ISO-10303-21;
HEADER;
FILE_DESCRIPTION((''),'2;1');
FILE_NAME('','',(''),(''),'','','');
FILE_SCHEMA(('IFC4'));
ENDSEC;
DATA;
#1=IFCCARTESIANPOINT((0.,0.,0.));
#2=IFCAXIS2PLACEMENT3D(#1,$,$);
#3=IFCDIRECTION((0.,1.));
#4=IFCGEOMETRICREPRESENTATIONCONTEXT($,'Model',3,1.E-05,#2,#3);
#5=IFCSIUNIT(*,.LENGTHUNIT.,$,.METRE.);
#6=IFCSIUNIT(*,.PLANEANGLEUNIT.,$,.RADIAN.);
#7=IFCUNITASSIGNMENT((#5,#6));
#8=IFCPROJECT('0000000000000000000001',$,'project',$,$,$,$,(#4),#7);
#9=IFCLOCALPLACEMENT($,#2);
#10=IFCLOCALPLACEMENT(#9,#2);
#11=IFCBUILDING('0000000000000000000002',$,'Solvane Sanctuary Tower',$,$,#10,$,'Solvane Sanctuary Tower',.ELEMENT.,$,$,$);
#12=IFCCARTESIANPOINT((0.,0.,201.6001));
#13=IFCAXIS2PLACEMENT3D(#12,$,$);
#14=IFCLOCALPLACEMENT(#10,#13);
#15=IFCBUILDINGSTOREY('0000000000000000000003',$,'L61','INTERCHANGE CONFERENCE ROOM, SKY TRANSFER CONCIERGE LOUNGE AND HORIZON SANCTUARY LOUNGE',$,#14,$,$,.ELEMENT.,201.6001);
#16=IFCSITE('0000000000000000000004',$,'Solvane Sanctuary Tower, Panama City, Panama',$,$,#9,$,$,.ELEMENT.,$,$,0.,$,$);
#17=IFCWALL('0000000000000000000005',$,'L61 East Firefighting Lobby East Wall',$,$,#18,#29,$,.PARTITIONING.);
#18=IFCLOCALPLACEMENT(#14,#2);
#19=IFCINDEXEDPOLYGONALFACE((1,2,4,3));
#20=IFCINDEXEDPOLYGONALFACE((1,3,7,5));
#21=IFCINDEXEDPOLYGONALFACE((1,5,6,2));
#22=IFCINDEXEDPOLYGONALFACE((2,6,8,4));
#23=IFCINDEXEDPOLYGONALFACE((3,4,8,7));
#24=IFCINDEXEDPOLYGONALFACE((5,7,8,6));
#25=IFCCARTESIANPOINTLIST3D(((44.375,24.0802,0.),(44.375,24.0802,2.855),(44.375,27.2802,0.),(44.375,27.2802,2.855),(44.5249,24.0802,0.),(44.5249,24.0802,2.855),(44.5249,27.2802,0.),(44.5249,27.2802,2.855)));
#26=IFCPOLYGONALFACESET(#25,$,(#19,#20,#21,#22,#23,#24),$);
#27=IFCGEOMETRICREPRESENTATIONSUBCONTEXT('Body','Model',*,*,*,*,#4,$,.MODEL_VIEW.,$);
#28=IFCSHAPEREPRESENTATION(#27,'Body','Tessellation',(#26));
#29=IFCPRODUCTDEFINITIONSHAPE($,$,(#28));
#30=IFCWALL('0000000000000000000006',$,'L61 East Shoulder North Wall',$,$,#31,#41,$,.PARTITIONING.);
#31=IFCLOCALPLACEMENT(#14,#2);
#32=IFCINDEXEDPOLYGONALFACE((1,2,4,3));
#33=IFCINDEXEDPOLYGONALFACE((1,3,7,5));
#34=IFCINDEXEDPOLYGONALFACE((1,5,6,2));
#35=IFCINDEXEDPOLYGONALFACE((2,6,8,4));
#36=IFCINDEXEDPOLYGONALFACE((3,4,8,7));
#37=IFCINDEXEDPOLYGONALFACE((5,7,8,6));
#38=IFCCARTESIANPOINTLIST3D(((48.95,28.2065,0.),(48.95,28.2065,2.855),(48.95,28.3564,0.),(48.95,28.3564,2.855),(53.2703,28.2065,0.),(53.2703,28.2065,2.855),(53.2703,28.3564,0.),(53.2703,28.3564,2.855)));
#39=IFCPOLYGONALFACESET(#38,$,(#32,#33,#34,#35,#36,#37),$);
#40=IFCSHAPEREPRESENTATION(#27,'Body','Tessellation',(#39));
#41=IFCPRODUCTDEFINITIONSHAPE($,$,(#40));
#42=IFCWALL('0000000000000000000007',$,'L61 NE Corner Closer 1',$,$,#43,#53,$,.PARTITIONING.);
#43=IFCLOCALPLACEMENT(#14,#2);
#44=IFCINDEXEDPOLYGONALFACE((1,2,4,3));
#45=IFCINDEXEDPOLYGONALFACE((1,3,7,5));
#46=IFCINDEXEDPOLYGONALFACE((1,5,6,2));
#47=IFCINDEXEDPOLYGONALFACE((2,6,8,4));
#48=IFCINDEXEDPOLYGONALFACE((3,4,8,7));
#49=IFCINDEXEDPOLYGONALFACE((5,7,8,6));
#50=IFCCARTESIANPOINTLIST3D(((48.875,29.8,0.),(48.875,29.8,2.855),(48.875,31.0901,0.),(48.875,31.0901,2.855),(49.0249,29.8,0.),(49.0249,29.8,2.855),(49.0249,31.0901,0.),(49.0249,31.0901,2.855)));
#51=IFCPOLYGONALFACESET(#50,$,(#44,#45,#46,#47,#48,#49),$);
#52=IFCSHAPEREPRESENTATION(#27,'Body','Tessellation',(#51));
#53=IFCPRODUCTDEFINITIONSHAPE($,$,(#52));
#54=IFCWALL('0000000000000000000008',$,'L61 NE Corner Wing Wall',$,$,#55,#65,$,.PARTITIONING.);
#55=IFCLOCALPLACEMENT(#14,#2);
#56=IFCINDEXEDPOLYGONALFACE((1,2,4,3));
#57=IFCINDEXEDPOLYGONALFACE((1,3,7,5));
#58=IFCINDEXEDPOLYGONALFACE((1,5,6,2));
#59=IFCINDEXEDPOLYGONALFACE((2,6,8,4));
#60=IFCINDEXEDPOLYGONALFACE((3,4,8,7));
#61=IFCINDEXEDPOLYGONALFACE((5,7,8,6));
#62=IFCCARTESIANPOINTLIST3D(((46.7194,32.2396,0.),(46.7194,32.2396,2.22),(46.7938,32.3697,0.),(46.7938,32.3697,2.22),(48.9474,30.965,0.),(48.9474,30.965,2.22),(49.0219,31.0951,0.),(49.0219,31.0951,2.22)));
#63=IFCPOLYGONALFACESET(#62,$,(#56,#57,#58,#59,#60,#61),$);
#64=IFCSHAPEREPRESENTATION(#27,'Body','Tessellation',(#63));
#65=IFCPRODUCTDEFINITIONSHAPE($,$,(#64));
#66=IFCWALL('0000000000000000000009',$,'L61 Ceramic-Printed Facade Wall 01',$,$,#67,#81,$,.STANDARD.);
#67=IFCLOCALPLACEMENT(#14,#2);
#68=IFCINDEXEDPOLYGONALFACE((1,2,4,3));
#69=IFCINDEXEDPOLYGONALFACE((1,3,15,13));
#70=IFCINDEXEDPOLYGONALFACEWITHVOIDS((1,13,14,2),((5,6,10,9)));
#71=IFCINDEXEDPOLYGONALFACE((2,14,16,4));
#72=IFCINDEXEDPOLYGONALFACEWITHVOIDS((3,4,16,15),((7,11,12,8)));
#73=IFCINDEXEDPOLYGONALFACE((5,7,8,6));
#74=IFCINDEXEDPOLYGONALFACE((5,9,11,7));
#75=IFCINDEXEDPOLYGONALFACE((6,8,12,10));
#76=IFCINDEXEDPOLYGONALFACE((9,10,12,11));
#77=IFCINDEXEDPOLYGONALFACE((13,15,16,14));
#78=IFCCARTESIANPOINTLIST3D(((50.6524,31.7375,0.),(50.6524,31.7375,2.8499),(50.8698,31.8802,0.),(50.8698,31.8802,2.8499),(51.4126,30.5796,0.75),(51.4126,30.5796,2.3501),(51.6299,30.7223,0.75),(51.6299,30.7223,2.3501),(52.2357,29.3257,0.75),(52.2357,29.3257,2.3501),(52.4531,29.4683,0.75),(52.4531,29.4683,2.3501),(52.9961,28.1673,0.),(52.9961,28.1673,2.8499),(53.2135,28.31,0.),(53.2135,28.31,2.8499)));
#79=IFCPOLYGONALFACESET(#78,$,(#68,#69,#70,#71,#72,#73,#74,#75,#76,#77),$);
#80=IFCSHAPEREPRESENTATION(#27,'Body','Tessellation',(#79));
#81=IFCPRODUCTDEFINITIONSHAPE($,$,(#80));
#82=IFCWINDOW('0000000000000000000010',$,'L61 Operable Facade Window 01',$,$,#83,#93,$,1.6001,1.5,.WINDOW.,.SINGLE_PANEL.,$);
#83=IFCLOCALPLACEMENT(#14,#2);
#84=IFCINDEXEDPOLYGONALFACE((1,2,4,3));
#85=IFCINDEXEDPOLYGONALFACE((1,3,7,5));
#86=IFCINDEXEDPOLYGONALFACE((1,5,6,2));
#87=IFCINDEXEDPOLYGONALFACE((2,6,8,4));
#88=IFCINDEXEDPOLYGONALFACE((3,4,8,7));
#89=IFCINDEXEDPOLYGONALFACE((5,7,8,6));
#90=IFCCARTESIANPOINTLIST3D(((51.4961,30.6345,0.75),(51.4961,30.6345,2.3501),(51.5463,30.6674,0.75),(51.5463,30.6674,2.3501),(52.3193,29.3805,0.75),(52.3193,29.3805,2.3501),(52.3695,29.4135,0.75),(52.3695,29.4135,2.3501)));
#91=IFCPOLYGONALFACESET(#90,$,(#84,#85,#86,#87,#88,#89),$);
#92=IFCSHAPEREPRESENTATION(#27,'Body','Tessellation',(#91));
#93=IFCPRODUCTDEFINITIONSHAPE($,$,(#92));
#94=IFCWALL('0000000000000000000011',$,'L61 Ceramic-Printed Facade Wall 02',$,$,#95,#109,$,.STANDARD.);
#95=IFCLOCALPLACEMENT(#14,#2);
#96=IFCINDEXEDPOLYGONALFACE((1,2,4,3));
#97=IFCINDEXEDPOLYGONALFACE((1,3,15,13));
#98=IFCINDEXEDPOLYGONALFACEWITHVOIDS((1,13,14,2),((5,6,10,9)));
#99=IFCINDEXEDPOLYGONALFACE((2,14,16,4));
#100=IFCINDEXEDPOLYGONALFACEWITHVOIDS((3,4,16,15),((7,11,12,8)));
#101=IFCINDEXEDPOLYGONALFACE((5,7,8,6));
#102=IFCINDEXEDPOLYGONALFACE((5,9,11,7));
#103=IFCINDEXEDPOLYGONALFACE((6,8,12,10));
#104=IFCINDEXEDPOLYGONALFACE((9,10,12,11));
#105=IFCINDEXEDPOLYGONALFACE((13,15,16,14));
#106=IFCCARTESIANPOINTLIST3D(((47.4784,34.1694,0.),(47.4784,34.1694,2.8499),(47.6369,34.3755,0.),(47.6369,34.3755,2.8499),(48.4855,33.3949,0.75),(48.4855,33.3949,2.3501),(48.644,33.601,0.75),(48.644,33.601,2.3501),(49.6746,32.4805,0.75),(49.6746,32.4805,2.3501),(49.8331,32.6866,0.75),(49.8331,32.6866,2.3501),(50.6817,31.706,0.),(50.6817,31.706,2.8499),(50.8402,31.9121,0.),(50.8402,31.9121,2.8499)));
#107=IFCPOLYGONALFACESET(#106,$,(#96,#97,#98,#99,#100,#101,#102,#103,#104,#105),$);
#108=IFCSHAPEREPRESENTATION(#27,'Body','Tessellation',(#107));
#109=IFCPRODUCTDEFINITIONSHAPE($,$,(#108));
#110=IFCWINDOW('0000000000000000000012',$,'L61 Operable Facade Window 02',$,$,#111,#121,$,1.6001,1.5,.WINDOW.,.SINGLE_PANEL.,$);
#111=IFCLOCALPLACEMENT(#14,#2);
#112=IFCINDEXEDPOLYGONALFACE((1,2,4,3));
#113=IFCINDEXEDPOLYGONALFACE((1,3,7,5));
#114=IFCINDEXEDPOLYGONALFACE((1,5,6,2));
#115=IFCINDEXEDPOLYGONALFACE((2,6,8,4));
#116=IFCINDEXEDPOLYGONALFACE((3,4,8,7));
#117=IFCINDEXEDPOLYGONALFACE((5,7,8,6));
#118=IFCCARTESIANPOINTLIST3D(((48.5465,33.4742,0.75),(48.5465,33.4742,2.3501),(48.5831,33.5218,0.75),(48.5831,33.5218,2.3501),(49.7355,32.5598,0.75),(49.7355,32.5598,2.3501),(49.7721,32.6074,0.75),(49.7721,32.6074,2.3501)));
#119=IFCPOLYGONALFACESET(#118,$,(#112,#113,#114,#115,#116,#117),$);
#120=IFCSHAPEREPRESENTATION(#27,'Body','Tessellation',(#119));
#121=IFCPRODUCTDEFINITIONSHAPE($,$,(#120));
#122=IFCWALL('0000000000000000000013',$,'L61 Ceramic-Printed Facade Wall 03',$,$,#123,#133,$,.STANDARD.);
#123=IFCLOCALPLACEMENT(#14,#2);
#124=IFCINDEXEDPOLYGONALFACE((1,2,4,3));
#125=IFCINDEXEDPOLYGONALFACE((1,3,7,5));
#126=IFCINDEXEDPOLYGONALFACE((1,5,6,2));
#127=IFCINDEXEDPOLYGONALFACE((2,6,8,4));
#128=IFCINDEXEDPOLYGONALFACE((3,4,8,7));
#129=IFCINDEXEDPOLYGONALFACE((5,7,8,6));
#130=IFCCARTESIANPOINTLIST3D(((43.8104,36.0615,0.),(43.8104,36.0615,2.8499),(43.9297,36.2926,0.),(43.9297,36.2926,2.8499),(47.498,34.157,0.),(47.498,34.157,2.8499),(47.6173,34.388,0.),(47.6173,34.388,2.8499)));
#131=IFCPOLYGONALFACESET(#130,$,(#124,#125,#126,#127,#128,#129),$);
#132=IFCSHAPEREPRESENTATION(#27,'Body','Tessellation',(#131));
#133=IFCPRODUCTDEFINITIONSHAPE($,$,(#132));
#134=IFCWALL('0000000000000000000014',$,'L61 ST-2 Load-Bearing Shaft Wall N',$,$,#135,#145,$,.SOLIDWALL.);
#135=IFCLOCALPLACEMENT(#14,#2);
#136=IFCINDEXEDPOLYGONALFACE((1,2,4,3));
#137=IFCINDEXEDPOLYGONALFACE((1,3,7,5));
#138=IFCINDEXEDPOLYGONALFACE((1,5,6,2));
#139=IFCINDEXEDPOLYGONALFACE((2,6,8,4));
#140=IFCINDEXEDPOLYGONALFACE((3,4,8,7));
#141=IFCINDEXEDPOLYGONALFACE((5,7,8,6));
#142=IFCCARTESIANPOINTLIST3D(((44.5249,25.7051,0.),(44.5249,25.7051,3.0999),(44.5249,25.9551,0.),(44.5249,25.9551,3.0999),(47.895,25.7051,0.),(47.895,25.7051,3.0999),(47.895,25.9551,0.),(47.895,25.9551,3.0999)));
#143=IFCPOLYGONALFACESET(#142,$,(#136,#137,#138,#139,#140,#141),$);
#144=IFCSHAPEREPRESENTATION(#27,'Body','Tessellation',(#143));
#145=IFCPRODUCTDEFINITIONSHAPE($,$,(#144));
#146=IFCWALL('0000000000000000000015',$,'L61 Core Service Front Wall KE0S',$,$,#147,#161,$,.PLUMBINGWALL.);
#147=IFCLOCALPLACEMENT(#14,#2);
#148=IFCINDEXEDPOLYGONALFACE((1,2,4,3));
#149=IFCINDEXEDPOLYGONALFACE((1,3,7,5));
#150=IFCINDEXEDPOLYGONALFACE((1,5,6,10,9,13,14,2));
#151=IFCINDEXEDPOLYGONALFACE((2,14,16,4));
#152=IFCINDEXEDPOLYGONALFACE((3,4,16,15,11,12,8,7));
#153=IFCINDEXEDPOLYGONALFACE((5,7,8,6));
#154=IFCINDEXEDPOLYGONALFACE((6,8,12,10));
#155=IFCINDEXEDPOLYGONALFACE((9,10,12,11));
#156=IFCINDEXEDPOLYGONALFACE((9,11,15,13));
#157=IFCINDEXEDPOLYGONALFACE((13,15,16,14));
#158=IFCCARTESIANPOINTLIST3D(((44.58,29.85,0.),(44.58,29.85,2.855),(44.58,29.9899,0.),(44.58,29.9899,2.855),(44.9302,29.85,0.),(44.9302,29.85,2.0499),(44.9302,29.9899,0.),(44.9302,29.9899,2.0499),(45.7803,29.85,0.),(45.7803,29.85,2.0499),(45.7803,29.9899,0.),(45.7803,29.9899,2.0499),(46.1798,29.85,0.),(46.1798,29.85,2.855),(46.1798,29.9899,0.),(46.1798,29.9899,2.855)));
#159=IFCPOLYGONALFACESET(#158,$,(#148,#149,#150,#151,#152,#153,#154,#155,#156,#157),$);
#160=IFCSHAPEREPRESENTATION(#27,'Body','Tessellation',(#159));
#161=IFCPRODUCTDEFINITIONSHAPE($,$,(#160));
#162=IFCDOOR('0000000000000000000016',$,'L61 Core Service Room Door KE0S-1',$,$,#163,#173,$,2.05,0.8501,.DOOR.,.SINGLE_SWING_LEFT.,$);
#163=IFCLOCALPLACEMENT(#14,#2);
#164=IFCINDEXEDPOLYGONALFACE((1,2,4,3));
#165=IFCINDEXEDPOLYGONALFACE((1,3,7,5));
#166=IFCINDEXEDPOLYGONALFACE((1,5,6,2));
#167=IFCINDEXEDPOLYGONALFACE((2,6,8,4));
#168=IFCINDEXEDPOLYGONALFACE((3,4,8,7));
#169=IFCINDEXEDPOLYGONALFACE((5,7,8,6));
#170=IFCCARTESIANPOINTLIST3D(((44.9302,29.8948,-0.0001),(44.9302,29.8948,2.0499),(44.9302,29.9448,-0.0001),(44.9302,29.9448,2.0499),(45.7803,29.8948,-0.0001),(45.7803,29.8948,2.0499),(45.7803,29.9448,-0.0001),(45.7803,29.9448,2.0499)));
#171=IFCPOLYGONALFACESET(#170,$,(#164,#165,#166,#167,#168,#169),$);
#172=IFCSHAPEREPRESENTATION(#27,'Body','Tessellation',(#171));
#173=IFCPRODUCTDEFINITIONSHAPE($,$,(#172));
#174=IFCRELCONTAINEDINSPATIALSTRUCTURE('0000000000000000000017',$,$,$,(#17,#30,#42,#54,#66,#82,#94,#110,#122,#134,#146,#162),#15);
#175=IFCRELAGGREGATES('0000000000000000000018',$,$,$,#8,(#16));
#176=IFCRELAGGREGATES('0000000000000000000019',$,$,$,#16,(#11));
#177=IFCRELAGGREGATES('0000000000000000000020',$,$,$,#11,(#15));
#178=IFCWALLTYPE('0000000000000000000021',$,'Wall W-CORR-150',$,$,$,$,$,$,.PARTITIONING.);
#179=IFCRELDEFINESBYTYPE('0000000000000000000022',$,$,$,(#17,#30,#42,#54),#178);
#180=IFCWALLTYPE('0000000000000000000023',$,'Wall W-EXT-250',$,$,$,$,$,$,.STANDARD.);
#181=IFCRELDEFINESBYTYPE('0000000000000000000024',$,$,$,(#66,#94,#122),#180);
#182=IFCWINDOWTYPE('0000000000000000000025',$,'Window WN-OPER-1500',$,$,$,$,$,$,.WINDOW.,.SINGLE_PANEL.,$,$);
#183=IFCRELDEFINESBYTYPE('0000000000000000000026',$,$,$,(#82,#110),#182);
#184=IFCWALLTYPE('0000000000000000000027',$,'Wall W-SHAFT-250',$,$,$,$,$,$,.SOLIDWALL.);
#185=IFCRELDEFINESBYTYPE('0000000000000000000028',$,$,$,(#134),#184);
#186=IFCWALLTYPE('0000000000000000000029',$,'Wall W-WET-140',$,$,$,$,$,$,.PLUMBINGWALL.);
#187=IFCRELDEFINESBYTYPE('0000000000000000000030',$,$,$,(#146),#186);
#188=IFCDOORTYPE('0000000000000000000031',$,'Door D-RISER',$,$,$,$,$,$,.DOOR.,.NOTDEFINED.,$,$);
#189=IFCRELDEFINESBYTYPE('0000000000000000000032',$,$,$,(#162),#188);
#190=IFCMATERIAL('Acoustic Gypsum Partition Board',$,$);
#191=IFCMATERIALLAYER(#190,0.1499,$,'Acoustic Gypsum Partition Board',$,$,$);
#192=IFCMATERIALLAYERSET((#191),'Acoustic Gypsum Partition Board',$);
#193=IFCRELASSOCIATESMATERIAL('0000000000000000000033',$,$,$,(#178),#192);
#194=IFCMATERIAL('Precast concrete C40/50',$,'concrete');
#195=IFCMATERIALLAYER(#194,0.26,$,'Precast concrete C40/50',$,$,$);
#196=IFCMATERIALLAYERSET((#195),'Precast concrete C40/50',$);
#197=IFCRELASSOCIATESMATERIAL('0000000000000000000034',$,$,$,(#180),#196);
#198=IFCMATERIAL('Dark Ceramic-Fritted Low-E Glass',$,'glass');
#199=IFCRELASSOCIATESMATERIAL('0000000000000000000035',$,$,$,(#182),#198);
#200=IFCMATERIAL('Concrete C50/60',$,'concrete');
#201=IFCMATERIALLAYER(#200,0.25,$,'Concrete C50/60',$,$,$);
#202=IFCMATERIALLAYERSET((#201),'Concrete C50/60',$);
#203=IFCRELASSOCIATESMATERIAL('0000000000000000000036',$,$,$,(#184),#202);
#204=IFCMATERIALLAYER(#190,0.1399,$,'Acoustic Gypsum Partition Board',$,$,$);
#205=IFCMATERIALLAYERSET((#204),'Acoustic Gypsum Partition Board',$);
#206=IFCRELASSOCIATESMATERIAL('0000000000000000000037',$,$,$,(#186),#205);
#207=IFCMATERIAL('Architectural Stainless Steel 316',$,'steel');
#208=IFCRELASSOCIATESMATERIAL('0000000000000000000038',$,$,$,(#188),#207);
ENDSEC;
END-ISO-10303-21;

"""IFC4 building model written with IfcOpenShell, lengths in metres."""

from ifc_helpers import new_model, si_unit, direction, frame, frame_2d, origin, place, context, subcontext, project, spatial, rectangle, extrude, material, layer, layer_set, type_object, element, fill, save


model = new_model("IFC4")

# Units and contexts
model_context = context("Model", 3, precision=1e-05, world=origin(), true_north=direction((0.0, 1.0)))
body_context = subcontext(model_context, "Body", "Model", "MODEL_VIEW")
ifc_project = project(units=[si_unit("LENGTHUNIT", "METRE"), si_unit("PLANEANGLEUNIT", "RADIAN")], contexts=[model_context])

# Site, building, storey
site_placement = place(None, origin())
site = spatial("IfcSite", under=ifc_project, at=site_placement, Name="Solvane Sanctuary Tower, Panama City, Panama", CompositionType="ELEMENT", RefElevation=0.0)
building_placement = place(site_placement, origin())
building = spatial("IfcBuilding", under=site, at=building_placement, Name="Solvane Sanctuary Tower", LongName="Solvane Sanctuary Tower", CompositionType="ELEMENT")
storey_placement = place(building_placement, frame((0.0, 0.0, 201.6001)))
storey = spatial("IfcBuildingStorey", under=building, at=storey_placement, Name="L61", Description="INTERCHANGE CONFERENCE ROOM, SKY TRANSFER CONCIERGE LOUNGE AND HORIZON SANCTUARY LOUNGE", CompositionType="ELEMENT", Elevation=201.6001)

# Shared definitions
ifc_material_1 = material(Name="Concrete C50/60", Category="concrete")

# Walls
ifc_material_2 = material(Name="Acoustic Gypsum Partition Board")
ifc_layer_1 = layer(ifc_material_2, 0.1499, Name="Acoustic Gypsum Partition Board")
ifc_layer_set_1 = layer_set([ifc_layer_1], Name="Acoustic Gypsum Partition Board")
wall_type_1 = type_object("IfcWallType", Name="Wall W-CORR-150", PredefinedType="PARTITIONING", material=ifc_layer_set_1)
wall_1_placement = place(storey_placement, frame((44.45, 24.0801, 0.0), z_axis=(0.0, 0.0, 1.0), x_axis=(0.0, 1.0, 0.0)))
element("IfcWall", 1, at=wall_1_placement, inside=storey, type_object=wall_type_1, Name="L61 East Firefighting Lobby East Wall", PredefinedType="PARTITIONING", context=body_context, shape_type="SweptSolid", body=[
    extrude(rectangle(XDim=3.2, YDim=0.1499, at=frame_2d((1.6001, 0.0))), origin(), (0.0, 0.0, 1.0), 2.855),
])
wall_2_placement = place(storey_placement, frame((48.95, 28.2815, 0.0), z_axis=(0.0, 0.0, 1.0), x_axis=(1.0, 0.0, 0.0)))
element("IfcWall", 2, at=wall_2_placement, inside=storey, type_object=wall_type_1, Name="L61 East Shoulder North Wall", PredefinedType="PARTITIONING", context=body_context, shape_type="SweptSolid", body=[
    extrude(rectangle(XDim=4.3203, YDim=0.1499, at=frame_2d((2.1602, 0.0))), origin(), (0.0, 0.0, 1.0), 2.855),
])
wall_3_placement = place(storey_placement, frame((48.95, 29.8, 0.0), z_axis=(0.0, 0.0, 1.0), x_axis=(0.0, 1.0, 0.0)))
element("IfcWall", 3, at=wall_3_placement, inside=storey, type_object=wall_type_1, Name="L61 NE Corner Closer 1", PredefinedType="PARTITIONING", context=body_context, shape_type="SweptSolid", body=[
    extrude(rectangle(XDim=1.29, YDim=0.1499, at=frame_2d((0.645, 0.0))), origin(), (0.0, 0.0, 1.0), 2.855),
])
wall_4_placement = place(storey_placement, frame((46.7566, 32.3047, 0.0), z_axis=(0.0, 0.0, 1.0), x_axis=(0.867991, -0.496579, 0.0)))
element("IfcWall", 4, at=wall_4_placement, inside=storey, type_object=wall_type_1, Name="L61 NE Corner Wing Wall", PredefinedType="PARTITIONING", context=body_context, shape_type="SweptSolid", body=[
    extrude(rectangle(XDim=2.5669, YDim=0.1499, at=frame_2d((1.2834, 0.0))), origin(), (0.0, 0.0, 1.0), 2.22),
])

# Walls, openings, windows
ifc_material_3 = material(Name="Precast concrete C40/50", Category="concrete")
ifc_layer_2 = layer(ifc_material_3, 0.26, Name="Precast concrete C40/50")
ifc_layer_set_2 = layer_set([ifc_layer_2], Name="Precast concrete C40/50")
wall_type_2 = type_object("IfcWallType", Name="Wall W-EXT-250", PredefinedType="STANDARD", material=ifc_layer_set_2)
wall_5_placement = place(storey_placement, frame((53.1047, 28.2388, 0.0), z_axis=(0.0, 0.0, 1.0), x_axis=(-0.548776, 0.835969, 0.0)))
wall_5 = element("IfcWall", 5, at=wall_5_placement, inside=storey, type_object=wall_type_2, Name="L61 Ceramic-Printed Facade Wall 01", PredefinedType="STANDARD", context=body_context, shape_type="SweptSolid", body=[
    extrude(rectangle(XDim=4.2708, YDim=0.26, at=frame_2d((2.1353, 0.0))), origin(), (0.0, 0.0, 1.0), 2.8499),
])
opening_1_placement = place(wall_5_placement, frame((1.3855, 0.0, 0.75)))
opening_1 = element("IfcOpeningElement", 6, at=opening_1_placement, cuts=wall_5, PredefinedType="OPENING", context=body_context, shape_type="SweptSolid", body=[
    extrude(rectangle(XDim=1.5, YDim=1.6001, at=frame_2d((0.75, 0.8))), frame((0.0, 0.1399, 0.0), z_axis=(0.0, -1.0, 0.0), x_axis=(1.0, 0.0, 0.0)), (0.0, 0.0, 1.0), 0.28),
])
ifc_material_4 = material(Name="Dark Ceramic-Fritted Low-E Glass", Category="glass")
window_type = type_object("IfcWindowType", Name="Window WN-OPER-1500", PartitioningType="SINGLE_PANEL", PredefinedType="WINDOW", material=ifc_material_4)
window_1_placement = place(opening_1_placement, origin())
window_1 = element("IfcWindow", 7, at=window_1_placement, inside=storey, type_object=window_type, Name="L61 Operable Facade Window 01", OverallHeight=1.6001, OverallWidth=1.5, PartitioningType="SINGLE_PANEL", PredefinedType="WINDOW", context=body_context, shape_type="SweptSolid", body=[
    extrude(rectangle(XDim=1.5, YDim=1.6001, at=frame_2d((0.75, 0.8))), frame((0.0, 0.03, 0.0), z_axis=(0.0, -1.0, 0.0), x_axis=(1.0, 0.0, 0.0)), (0.0, 0.0, 1.0), 0.0601),
])
fill(opening_1, window_1)
wall_6_placement = place(storey_placement, frame((50.761, 31.8091, 0.0), z_axis=(0.0, 0.0, 1.0), x_axis=(-0.792714, 0.609594, 0.0)))
wall_6 = element("IfcWall", 8, at=wall_6_placement, inside=storey, type_object=wall_type_2, Name="L61 Ceramic-Printed Facade Wall 02", PredefinedType="STANDARD", context=body_context, shape_type="SweptSolid", body=[
    extrude(rectangle(XDim=4.041, YDim=0.26, at=frame_2d((2.0205, 0.0))), origin(), (0.0, 0.0, 1.0), 2.8499),
])
opening_2_placement = place(wall_6_placement, frame((1.2705, 0.0, 0.75)))
opening_2 = element("IfcOpeningElement", 9, at=opening_2_placement, cuts=wall_6, PredefinedType="OPENING", context=body_context, shape_type="SweptSolid", body=[
    extrude(rectangle(XDim=1.5, YDim=1.6001, at=frame_2d((0.75, 0.8))), frame((0.0, 0.1399, 0.0), z_axis=(0.0, -1.0, 0.0), x_axis=(1.0, 0.0, 0.0)), (0.0, 0.0, 1.0), 0.28),
])
window_2_placement = place(opening_2_placement, origin())
window_2 = element("IfcWindow", 10, at=window_2_placement, inside=storey, type_object=window_type, Name="L61 Operable Facade Window 02", OverallHeight=1.6001, OverallWidth=1.5, PartitioningType="SINGLE_PANEL", PredefinedType="WINDOW", context=body_context, shape_type="SweptSolid", body=[
    extrude(rectangle(XDim=1.5, YDim=1.6001, at=frame_2d((0.75, 0.8))), frame((0.0, 0.03, 0.0), z_axis=(0.0, -1.0, 0.0), x_axis=(1.0, 0.0, 0.0)), (0.0, 0.0, 1.0), 0.0601),
])
fill(opening_2, window_2)

# Walls
wall_7_placement = place(storey_placement, frame((47.5576, 34.2725, 0.0), z_axis=(0.0, 0.0, 1.0), x_axis=(-0.888491, 0.458893, 0.0)))
element("IfcWall", 11, at=wall_7_placement, inside=storey, type_object=wall_type_2, Name="L61 Ceramic-Printed Facade Wall 03", PredefinedType="STANDARD", context=body_context, shape_type="SweptSolid", body=[
    extrude(rectangle(XDim=4.1504, YDim=0.26, at=frame_2d((2.0752, 0.0))), origin(), (0.0, 0.0, 1.0), 2.8499),
])
ifc_layer_3 = layer(ifc_material_1, 0.25, Name="Concrete C50/60")
ifc_layer_set_3 = layer_set([ifc_layer_3], Name="Concrete C50/60")
wall_type_3 = type_object("IfcWallType", Name="Wall W-SHAFT-250", PredefinedType="SOLIDWALL", material=ifc_layer_set_3)
wall_8_placement = place(storey_placement, frame((44.5249, 25.8301, 0.0), z_axis=(0.0, 0.0, 1.0), x_axis=(1.0, 0.0, 0.0)))
element("IfcWall", 12, at=wall_8_placement, inside=storey, type_object=wall_type_3, Name="L61 ST-2 Load-Bearing Shaft Wall N", PredefinedType="SOLIDWALL", context=body_context, shape_type="SweptSolid", body=[
    extrude(rectangle(XDim=3.3701, YDim=0.25, at=frame_2d((1.6851, 0.0))), origin(), (0.0, 0.0, 1.0), 3.0999),
])

# Wall, opening, door
ifc_layer_4 = layer(ifc_material_2, 0.1399, Name="Acoustic Gypsum Partition Board")
ifc_layer_set_4 = layer_set([ifc_layer_4], Name="Acoustic Gypsum Partition Board")
wall_type_4 = type_object("IfcWallType", Name="Wall W-WET-140", PredefinedType="PLUMBINGWALL", material=ifc_layer_set_4)
wall_9_placement = place(storey_placement, frame((44.5801, 29.9199, 0.0), z_axis=(0.0, 0.0, 1.0), x_axis=(1.0, 0.0, 0.0)))
wall_9 = element("IfcWall", 13, at=wall_9_placement, inside=storey, type_object=wall_type_4, Name="L61 Core Service Front Wall KE0S", PredefinedType="PLUMBINGWALL", context=body_context, shape_type="SweptSolid", body=[
    extrude(rectangle(XDim=1.5999, YDim=0.1399, at=frame_2d((0.7998, 0.0))), origin(), (0.0, 0.0, 1.0), 2.855),
])
opening_3_placement = place(wall_9_placement, frame((0.3501, 0.0, 0.0)))
opening_3 = element("IfcOpeningElement", 14, at=opening_3_placement, cuts=wall_9, PredefinedType="OPENING", context=body_context, shape_type="SweptSolid", body=[
    extrude(rectangle(XDim=0.8501, YDim=2.05, at=frame_2d((0.425, 1.0249))), frame((0.0, 0.0798, 0.0), z_axis=(0.0, -1.0, 0.0), x_axis=(1.0, 0.0, 0.0)), (0.0, 0.0, 1.0), 0.1599),
])
ifc_material_5 = material(Name="Architectural Stainless Steel 316", Category="steel")
door_type = type_object("IfcDoorType", Name="Door D-RISER", OperationType="NOTDEFINED", PredefinedType="DOOR", material=ifc_material_5)
door_placement = place(opening_3_placement, origin())
door = element("IfcDoor", 15, at=door_placement, inside=storey, type_object=door_type, Name="L61 Core Service Room Door KE0S-1", OperationType="SINGLE_SWING_LEFT", OverallHeight=2.05, OverallWidth=0.8501, PredefinedType="DOOR", context=body_context, shape_type="SweptSolid", body=[
    extrude(rectangle(XDim=0.8501, YDim=2.05, at=frame_2d((0.425, 1.0249))), frame((0.0, 0.0249, 0.0), z_axis=(0.0, -1.0, 0.0), x_axis=(1.0, 0.0, 0.0)), (0.0, 0.0, 1.0), 0.05),
])
fill(opening_3, door)

save(model, "model.ifc")
